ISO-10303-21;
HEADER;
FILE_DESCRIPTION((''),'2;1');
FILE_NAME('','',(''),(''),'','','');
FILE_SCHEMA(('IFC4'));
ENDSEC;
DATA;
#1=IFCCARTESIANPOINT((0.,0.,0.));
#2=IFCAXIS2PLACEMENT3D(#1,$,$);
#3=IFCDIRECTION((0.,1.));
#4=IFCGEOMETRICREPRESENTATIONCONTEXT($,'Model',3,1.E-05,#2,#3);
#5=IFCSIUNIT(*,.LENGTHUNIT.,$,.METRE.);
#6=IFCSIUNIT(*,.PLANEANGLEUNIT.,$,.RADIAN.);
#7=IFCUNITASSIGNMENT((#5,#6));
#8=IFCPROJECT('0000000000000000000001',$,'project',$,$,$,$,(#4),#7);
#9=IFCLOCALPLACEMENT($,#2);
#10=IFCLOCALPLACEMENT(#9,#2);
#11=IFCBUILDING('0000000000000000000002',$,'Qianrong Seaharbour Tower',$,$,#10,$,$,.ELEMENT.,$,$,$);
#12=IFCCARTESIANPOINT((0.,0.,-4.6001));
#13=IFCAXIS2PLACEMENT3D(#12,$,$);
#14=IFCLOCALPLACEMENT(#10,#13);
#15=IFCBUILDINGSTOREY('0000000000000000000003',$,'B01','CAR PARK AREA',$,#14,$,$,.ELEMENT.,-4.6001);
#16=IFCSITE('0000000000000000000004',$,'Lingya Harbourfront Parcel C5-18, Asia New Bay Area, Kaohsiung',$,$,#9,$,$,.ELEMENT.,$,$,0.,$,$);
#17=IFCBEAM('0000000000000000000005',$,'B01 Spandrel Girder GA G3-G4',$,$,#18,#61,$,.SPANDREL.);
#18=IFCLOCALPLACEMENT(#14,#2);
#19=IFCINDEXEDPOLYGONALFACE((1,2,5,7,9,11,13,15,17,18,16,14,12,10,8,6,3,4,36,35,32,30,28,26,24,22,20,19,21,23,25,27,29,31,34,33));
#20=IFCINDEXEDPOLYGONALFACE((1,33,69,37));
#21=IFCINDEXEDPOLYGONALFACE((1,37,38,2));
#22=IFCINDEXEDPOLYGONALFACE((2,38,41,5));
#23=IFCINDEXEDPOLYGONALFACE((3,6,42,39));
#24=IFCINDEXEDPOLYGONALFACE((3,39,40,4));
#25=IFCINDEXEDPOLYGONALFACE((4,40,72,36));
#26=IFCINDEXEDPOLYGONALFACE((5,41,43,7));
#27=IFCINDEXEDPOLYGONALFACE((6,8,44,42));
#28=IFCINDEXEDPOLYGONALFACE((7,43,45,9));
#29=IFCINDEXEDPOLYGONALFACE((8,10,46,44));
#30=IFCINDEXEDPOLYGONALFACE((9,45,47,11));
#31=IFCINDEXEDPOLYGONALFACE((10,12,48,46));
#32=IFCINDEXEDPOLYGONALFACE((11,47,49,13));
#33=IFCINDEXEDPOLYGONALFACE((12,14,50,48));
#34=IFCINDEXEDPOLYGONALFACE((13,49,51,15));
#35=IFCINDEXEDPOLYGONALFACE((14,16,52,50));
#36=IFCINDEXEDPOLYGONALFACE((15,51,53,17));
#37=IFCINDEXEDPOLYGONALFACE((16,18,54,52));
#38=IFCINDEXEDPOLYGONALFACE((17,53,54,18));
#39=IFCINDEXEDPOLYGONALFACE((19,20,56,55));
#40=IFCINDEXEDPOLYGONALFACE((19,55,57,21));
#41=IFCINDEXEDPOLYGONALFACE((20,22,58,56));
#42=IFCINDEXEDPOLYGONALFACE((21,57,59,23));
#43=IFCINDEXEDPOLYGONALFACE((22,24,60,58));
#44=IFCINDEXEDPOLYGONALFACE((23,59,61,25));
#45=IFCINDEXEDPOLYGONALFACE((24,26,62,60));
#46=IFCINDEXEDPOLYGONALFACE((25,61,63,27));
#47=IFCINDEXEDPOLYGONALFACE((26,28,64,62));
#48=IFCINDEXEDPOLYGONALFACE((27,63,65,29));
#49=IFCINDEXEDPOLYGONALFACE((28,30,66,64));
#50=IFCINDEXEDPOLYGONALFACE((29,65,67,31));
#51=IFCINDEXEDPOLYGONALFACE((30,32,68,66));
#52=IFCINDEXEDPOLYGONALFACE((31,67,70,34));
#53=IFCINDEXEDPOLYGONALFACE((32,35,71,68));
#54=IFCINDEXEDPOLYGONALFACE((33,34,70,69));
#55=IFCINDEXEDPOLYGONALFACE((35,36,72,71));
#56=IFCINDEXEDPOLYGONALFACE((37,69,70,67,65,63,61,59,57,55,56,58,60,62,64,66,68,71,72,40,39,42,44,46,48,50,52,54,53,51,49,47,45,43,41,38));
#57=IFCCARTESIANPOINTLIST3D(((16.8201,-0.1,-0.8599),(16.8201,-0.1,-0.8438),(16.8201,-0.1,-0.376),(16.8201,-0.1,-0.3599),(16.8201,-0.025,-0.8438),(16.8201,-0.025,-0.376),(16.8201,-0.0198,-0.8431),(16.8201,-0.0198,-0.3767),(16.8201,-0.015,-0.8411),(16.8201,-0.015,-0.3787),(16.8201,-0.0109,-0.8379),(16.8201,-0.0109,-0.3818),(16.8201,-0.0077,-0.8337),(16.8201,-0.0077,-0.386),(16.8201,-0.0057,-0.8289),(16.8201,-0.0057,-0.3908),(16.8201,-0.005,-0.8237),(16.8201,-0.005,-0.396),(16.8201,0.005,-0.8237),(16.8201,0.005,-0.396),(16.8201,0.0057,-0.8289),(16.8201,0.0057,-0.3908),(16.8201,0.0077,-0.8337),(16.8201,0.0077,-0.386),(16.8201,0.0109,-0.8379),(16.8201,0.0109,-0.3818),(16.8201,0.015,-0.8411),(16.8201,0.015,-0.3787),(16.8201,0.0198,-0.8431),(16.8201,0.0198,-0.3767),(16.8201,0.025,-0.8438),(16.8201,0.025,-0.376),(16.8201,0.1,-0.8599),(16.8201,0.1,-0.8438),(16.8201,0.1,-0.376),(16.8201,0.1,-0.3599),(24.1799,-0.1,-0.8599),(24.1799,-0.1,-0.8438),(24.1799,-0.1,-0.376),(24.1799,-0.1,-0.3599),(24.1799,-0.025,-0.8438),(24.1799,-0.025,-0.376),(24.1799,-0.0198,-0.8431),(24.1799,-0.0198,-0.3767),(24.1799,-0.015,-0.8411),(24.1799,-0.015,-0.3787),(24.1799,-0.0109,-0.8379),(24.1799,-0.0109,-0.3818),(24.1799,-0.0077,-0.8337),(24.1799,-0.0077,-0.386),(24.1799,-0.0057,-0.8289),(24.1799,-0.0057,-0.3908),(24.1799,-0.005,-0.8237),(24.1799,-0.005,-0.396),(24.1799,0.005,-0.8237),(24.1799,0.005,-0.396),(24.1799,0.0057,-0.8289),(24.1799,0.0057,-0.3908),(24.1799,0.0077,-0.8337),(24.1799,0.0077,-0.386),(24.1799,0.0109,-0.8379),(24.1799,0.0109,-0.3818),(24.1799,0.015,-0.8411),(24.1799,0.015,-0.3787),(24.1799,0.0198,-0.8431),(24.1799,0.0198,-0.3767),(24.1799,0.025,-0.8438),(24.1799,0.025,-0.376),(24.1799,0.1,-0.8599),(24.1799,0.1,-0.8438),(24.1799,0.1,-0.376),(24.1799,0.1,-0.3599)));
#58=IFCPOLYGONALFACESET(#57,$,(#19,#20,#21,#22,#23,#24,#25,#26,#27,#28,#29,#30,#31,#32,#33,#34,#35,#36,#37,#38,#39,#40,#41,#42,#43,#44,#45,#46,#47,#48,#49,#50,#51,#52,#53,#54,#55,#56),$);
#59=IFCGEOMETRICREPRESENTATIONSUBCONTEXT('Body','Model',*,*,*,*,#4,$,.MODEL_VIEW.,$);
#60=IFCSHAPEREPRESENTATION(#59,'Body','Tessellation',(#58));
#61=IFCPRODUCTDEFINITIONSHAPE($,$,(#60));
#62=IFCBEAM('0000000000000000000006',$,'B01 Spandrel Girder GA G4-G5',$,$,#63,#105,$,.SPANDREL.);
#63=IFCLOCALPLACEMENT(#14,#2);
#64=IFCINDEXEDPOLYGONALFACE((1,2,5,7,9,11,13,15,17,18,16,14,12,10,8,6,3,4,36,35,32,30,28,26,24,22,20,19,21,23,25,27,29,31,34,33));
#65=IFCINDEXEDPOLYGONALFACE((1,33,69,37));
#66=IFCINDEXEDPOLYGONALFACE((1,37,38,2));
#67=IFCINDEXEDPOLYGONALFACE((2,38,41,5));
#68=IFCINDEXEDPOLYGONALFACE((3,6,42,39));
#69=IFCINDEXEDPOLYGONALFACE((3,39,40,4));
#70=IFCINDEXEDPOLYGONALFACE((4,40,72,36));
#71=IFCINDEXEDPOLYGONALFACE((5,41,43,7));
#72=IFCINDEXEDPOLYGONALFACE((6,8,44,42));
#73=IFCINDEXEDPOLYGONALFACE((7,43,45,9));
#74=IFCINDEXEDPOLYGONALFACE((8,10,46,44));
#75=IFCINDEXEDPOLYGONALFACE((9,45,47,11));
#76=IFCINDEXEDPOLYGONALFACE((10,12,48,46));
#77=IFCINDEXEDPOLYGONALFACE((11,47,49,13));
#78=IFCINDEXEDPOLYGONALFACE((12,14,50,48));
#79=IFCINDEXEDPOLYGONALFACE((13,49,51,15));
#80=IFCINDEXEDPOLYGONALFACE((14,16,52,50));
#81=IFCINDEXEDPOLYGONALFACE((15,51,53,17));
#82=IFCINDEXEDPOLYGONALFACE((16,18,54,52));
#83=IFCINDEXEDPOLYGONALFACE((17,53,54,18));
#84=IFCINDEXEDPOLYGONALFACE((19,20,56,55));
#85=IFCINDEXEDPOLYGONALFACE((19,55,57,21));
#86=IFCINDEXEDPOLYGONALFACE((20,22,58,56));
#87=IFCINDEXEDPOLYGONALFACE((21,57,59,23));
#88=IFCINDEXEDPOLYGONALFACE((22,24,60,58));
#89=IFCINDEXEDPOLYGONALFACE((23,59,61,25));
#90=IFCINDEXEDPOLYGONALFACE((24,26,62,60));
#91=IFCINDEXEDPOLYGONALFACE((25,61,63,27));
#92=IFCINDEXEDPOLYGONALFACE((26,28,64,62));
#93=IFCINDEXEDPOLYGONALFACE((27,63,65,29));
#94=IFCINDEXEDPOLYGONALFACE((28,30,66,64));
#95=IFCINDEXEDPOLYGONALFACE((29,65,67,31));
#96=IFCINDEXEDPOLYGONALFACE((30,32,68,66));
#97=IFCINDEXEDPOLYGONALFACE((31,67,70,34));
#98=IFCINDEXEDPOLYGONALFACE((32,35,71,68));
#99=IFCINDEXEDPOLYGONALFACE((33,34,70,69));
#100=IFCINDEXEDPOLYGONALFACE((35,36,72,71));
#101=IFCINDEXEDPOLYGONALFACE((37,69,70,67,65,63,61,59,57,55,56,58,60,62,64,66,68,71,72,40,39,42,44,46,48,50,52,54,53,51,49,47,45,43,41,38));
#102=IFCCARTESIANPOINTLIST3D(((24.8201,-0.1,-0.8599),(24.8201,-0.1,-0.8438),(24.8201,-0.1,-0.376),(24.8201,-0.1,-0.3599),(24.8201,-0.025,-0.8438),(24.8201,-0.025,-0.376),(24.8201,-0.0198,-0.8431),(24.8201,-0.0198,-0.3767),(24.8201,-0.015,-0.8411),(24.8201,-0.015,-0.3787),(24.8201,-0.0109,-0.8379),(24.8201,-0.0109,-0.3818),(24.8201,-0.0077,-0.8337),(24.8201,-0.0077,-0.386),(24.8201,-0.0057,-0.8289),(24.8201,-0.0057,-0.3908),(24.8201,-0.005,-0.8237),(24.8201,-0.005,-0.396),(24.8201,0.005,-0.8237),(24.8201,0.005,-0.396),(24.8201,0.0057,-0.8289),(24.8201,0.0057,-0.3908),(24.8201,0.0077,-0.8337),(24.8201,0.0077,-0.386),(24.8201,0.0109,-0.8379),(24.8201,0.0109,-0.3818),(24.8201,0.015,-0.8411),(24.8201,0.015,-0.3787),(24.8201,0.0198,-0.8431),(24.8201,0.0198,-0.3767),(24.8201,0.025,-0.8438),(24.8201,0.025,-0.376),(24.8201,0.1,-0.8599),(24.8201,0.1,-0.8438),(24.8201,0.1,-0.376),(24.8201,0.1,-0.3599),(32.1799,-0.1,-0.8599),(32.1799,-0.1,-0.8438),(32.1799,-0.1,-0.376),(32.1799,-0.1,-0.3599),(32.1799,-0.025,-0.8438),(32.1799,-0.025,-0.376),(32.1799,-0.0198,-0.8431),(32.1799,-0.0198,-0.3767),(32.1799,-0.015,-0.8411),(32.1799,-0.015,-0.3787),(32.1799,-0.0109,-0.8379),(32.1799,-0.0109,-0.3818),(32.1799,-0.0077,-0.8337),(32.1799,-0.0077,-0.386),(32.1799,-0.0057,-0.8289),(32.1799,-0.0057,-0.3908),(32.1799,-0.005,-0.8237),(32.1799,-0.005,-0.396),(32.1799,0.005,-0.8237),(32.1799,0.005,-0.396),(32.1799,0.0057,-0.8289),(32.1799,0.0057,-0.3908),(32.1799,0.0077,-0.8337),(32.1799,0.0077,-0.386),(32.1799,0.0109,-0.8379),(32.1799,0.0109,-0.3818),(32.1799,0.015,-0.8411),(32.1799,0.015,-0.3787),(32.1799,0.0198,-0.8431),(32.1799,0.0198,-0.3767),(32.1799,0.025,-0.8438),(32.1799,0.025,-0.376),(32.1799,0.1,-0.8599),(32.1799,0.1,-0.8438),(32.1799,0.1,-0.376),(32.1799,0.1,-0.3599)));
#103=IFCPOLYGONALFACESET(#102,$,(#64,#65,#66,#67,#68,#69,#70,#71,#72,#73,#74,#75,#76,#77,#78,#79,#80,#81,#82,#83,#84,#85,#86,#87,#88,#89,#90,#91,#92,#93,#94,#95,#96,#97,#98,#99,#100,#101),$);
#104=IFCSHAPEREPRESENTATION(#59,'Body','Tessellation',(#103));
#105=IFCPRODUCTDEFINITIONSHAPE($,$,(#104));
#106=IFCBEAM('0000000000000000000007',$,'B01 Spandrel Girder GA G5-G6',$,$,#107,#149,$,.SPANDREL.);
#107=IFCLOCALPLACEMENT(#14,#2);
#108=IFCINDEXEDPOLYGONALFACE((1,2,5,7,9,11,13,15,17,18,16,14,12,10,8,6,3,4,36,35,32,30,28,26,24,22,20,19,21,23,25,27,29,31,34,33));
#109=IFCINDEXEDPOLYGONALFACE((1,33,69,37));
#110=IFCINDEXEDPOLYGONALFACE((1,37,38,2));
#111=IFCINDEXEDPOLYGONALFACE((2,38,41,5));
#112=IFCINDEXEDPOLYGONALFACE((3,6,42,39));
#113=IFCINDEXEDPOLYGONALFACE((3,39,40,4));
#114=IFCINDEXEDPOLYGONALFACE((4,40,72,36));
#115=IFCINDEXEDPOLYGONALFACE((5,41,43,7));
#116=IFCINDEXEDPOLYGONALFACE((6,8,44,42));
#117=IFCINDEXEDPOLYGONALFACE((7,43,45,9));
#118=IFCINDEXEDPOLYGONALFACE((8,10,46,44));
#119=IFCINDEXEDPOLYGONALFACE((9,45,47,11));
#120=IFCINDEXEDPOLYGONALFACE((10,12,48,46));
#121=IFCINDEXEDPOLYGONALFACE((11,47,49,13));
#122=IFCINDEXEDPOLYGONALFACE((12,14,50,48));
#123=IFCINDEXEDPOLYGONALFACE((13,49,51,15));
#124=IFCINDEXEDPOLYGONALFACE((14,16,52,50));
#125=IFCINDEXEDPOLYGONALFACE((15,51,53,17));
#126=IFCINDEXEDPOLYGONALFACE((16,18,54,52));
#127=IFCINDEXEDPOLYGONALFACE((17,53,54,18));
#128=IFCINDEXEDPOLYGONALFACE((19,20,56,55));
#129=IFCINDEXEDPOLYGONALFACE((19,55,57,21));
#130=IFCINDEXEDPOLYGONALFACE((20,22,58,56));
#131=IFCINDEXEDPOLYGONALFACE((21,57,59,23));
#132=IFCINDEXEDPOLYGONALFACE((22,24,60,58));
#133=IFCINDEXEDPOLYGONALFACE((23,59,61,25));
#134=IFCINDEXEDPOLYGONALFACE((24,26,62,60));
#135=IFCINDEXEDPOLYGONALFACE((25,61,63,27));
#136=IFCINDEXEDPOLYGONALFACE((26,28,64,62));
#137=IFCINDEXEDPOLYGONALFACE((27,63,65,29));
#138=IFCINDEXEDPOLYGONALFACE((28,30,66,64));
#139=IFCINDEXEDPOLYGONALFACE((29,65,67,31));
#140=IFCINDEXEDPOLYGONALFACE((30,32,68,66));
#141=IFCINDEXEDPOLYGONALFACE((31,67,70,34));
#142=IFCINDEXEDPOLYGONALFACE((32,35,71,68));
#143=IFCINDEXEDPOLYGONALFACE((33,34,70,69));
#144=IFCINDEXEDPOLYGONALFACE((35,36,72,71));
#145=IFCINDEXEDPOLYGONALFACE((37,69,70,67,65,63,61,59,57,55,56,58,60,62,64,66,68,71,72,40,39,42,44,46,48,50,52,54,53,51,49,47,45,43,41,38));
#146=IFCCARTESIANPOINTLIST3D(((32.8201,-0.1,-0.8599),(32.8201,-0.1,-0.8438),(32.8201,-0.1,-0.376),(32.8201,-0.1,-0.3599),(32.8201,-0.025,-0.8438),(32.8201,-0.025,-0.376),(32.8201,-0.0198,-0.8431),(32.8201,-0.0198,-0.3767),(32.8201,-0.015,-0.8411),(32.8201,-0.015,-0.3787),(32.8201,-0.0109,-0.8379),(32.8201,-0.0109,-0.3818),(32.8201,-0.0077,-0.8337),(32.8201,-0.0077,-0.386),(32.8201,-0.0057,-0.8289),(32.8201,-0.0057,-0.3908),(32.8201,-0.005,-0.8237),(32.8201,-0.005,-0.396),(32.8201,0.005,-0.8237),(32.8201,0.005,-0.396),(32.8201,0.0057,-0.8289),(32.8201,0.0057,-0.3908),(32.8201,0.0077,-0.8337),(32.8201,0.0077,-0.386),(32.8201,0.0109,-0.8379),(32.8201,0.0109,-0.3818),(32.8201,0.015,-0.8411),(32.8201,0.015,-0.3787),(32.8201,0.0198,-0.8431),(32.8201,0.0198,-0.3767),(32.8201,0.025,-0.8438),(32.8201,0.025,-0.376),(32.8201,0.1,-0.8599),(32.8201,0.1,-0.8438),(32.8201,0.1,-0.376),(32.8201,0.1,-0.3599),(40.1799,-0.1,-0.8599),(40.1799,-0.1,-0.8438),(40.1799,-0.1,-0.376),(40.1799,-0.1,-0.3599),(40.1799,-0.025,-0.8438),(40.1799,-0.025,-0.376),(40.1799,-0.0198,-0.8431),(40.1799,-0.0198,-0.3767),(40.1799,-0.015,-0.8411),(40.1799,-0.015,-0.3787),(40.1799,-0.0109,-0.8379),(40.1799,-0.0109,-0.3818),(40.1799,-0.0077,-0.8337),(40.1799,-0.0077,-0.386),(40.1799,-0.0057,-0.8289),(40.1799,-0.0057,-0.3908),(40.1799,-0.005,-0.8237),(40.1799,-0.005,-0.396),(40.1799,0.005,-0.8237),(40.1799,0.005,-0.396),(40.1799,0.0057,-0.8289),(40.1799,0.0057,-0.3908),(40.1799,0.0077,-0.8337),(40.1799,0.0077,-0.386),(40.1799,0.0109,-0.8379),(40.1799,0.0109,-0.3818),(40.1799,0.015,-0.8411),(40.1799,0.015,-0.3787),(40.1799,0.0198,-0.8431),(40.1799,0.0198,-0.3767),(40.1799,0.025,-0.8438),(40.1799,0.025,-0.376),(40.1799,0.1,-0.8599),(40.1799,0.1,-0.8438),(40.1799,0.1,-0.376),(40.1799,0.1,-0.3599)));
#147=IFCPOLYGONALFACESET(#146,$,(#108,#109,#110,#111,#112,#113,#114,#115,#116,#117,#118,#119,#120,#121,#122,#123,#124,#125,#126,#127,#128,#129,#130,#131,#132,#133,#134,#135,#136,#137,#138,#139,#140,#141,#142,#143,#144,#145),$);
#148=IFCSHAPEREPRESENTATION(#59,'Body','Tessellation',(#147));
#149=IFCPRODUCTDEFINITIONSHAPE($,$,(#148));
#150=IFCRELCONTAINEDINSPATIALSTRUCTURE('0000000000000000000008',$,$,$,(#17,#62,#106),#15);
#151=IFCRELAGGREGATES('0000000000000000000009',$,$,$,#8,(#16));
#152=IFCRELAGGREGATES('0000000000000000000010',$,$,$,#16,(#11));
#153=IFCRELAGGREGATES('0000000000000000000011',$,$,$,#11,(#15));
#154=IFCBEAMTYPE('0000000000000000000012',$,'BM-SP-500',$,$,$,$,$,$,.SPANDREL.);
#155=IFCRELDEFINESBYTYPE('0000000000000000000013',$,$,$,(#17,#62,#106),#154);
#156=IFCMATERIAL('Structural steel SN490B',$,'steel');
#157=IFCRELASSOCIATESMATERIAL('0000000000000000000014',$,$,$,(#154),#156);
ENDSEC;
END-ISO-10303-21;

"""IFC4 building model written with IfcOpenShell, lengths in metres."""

from ifc_helpers import new_model, si_unit, direction, frame, origin, origin_2d, place, context, subcontext, project, spatial, i_section, extrude, material, material_profile, profile_set, type_object, element, save


model = new_model("IFC4")

# Units and contexts
model_context = context("Model", 3, precision=1e-05, world=origin(), true_north=direction((0.0, 1.0)))
body_context = subcontext(model_context, "Body", "Model", "MODEL_VIEW")
ifc_project = project(units=[si_unit("LENGTHUNIT", "METRE"), si_unit("PLANEANGLEUNIT", "RADIAN")], contexts=[model_context])

# Site, building, storey
site_placement = place(None, origin())
site = spatial("IfcSite", under=ifc_project, at=site_placement, Name="Lingya Harbourfront Parcel C5-18, Asia New Bay Area, Kaohsiung", CompositionType="ELEMENT", RefElevation=0.0)
building_placement = place(site_placement, origin())
building = spatial("IfcBuilding", under=site, at=building_placement, Name="Qianrong Seaharbour Tower", CompositionType="ELEMENT")
storey_placement = place(building_placement, frame((0.0, 0.0, -4.6001)))
storey = spatial("IfcBuildingStorey", under=building, at=storey_placement, Name="B01", Description="CAR PARK AREA", CompositionType="ELEMENT", Elevation=-4.6001)

# Shared definitions
ifc_material_1 = material(Name="Structural steel SN490B", Category="steel")

# Beams
ifc_material_profile_1 = material_profile(ifc_material_1, i_section(OverallWidth=0.2, OverallDepth=0.5, WebThickness=0.01, FlangeThickness=0.0161, FilletRadius=0.02, at=origin_2d()), Name="H500x200x10x16")
ifc_profile_set_1 = profile_set([ifc_material_profile_1], Name="Structural steel SN490B")
beam_type_1 = type_object("IfcBeamType", Name="BM-SP-500", PredefinedType="SPANDREL", material=ifc_profile_set_1)
for number, where, z_axis, x_axis, name in (
    (1, (16.8201, 0.0, -0.6099), (1.0, 0.0, 0.0), (0.0, 1.0, 0.0), "B01 Spandrel Girder GA G3-G4"),
    (2, (24.8201, 0.0, -0.6099), (1.0, 0.0, 0.0), (0.0, 1.0, 0.0), "B01 Spandrel Girder GA G4-G5"),
    (3, (32.8201, 0.0, -0.6099), (1.0, 0.0, 0.0), (0.0, 1.0, 0.0), "B01 Spandrel Girder GA G5-G6"),
):
    element("IfcBeam", number, at=place(storey_placement, frame(where, z_axis=z_axis, x_axis=x_axis)), inside=storey, type_object=beam_type_1, Name=name, PredefinedType="SPANDREL", context=body_context, shape_type="SweptSolid", body=[
        extrude(i_section(OverallWidth=0.2, OverallDepth=0.5, WebThickness=0.01, FlangeThickness=0.0161, FilletRadius=0.02, at=origin_2d()), origin(), (0.0, 0.0, 1.0), 7.3599),
    ])

save(model, "model.ifc")
